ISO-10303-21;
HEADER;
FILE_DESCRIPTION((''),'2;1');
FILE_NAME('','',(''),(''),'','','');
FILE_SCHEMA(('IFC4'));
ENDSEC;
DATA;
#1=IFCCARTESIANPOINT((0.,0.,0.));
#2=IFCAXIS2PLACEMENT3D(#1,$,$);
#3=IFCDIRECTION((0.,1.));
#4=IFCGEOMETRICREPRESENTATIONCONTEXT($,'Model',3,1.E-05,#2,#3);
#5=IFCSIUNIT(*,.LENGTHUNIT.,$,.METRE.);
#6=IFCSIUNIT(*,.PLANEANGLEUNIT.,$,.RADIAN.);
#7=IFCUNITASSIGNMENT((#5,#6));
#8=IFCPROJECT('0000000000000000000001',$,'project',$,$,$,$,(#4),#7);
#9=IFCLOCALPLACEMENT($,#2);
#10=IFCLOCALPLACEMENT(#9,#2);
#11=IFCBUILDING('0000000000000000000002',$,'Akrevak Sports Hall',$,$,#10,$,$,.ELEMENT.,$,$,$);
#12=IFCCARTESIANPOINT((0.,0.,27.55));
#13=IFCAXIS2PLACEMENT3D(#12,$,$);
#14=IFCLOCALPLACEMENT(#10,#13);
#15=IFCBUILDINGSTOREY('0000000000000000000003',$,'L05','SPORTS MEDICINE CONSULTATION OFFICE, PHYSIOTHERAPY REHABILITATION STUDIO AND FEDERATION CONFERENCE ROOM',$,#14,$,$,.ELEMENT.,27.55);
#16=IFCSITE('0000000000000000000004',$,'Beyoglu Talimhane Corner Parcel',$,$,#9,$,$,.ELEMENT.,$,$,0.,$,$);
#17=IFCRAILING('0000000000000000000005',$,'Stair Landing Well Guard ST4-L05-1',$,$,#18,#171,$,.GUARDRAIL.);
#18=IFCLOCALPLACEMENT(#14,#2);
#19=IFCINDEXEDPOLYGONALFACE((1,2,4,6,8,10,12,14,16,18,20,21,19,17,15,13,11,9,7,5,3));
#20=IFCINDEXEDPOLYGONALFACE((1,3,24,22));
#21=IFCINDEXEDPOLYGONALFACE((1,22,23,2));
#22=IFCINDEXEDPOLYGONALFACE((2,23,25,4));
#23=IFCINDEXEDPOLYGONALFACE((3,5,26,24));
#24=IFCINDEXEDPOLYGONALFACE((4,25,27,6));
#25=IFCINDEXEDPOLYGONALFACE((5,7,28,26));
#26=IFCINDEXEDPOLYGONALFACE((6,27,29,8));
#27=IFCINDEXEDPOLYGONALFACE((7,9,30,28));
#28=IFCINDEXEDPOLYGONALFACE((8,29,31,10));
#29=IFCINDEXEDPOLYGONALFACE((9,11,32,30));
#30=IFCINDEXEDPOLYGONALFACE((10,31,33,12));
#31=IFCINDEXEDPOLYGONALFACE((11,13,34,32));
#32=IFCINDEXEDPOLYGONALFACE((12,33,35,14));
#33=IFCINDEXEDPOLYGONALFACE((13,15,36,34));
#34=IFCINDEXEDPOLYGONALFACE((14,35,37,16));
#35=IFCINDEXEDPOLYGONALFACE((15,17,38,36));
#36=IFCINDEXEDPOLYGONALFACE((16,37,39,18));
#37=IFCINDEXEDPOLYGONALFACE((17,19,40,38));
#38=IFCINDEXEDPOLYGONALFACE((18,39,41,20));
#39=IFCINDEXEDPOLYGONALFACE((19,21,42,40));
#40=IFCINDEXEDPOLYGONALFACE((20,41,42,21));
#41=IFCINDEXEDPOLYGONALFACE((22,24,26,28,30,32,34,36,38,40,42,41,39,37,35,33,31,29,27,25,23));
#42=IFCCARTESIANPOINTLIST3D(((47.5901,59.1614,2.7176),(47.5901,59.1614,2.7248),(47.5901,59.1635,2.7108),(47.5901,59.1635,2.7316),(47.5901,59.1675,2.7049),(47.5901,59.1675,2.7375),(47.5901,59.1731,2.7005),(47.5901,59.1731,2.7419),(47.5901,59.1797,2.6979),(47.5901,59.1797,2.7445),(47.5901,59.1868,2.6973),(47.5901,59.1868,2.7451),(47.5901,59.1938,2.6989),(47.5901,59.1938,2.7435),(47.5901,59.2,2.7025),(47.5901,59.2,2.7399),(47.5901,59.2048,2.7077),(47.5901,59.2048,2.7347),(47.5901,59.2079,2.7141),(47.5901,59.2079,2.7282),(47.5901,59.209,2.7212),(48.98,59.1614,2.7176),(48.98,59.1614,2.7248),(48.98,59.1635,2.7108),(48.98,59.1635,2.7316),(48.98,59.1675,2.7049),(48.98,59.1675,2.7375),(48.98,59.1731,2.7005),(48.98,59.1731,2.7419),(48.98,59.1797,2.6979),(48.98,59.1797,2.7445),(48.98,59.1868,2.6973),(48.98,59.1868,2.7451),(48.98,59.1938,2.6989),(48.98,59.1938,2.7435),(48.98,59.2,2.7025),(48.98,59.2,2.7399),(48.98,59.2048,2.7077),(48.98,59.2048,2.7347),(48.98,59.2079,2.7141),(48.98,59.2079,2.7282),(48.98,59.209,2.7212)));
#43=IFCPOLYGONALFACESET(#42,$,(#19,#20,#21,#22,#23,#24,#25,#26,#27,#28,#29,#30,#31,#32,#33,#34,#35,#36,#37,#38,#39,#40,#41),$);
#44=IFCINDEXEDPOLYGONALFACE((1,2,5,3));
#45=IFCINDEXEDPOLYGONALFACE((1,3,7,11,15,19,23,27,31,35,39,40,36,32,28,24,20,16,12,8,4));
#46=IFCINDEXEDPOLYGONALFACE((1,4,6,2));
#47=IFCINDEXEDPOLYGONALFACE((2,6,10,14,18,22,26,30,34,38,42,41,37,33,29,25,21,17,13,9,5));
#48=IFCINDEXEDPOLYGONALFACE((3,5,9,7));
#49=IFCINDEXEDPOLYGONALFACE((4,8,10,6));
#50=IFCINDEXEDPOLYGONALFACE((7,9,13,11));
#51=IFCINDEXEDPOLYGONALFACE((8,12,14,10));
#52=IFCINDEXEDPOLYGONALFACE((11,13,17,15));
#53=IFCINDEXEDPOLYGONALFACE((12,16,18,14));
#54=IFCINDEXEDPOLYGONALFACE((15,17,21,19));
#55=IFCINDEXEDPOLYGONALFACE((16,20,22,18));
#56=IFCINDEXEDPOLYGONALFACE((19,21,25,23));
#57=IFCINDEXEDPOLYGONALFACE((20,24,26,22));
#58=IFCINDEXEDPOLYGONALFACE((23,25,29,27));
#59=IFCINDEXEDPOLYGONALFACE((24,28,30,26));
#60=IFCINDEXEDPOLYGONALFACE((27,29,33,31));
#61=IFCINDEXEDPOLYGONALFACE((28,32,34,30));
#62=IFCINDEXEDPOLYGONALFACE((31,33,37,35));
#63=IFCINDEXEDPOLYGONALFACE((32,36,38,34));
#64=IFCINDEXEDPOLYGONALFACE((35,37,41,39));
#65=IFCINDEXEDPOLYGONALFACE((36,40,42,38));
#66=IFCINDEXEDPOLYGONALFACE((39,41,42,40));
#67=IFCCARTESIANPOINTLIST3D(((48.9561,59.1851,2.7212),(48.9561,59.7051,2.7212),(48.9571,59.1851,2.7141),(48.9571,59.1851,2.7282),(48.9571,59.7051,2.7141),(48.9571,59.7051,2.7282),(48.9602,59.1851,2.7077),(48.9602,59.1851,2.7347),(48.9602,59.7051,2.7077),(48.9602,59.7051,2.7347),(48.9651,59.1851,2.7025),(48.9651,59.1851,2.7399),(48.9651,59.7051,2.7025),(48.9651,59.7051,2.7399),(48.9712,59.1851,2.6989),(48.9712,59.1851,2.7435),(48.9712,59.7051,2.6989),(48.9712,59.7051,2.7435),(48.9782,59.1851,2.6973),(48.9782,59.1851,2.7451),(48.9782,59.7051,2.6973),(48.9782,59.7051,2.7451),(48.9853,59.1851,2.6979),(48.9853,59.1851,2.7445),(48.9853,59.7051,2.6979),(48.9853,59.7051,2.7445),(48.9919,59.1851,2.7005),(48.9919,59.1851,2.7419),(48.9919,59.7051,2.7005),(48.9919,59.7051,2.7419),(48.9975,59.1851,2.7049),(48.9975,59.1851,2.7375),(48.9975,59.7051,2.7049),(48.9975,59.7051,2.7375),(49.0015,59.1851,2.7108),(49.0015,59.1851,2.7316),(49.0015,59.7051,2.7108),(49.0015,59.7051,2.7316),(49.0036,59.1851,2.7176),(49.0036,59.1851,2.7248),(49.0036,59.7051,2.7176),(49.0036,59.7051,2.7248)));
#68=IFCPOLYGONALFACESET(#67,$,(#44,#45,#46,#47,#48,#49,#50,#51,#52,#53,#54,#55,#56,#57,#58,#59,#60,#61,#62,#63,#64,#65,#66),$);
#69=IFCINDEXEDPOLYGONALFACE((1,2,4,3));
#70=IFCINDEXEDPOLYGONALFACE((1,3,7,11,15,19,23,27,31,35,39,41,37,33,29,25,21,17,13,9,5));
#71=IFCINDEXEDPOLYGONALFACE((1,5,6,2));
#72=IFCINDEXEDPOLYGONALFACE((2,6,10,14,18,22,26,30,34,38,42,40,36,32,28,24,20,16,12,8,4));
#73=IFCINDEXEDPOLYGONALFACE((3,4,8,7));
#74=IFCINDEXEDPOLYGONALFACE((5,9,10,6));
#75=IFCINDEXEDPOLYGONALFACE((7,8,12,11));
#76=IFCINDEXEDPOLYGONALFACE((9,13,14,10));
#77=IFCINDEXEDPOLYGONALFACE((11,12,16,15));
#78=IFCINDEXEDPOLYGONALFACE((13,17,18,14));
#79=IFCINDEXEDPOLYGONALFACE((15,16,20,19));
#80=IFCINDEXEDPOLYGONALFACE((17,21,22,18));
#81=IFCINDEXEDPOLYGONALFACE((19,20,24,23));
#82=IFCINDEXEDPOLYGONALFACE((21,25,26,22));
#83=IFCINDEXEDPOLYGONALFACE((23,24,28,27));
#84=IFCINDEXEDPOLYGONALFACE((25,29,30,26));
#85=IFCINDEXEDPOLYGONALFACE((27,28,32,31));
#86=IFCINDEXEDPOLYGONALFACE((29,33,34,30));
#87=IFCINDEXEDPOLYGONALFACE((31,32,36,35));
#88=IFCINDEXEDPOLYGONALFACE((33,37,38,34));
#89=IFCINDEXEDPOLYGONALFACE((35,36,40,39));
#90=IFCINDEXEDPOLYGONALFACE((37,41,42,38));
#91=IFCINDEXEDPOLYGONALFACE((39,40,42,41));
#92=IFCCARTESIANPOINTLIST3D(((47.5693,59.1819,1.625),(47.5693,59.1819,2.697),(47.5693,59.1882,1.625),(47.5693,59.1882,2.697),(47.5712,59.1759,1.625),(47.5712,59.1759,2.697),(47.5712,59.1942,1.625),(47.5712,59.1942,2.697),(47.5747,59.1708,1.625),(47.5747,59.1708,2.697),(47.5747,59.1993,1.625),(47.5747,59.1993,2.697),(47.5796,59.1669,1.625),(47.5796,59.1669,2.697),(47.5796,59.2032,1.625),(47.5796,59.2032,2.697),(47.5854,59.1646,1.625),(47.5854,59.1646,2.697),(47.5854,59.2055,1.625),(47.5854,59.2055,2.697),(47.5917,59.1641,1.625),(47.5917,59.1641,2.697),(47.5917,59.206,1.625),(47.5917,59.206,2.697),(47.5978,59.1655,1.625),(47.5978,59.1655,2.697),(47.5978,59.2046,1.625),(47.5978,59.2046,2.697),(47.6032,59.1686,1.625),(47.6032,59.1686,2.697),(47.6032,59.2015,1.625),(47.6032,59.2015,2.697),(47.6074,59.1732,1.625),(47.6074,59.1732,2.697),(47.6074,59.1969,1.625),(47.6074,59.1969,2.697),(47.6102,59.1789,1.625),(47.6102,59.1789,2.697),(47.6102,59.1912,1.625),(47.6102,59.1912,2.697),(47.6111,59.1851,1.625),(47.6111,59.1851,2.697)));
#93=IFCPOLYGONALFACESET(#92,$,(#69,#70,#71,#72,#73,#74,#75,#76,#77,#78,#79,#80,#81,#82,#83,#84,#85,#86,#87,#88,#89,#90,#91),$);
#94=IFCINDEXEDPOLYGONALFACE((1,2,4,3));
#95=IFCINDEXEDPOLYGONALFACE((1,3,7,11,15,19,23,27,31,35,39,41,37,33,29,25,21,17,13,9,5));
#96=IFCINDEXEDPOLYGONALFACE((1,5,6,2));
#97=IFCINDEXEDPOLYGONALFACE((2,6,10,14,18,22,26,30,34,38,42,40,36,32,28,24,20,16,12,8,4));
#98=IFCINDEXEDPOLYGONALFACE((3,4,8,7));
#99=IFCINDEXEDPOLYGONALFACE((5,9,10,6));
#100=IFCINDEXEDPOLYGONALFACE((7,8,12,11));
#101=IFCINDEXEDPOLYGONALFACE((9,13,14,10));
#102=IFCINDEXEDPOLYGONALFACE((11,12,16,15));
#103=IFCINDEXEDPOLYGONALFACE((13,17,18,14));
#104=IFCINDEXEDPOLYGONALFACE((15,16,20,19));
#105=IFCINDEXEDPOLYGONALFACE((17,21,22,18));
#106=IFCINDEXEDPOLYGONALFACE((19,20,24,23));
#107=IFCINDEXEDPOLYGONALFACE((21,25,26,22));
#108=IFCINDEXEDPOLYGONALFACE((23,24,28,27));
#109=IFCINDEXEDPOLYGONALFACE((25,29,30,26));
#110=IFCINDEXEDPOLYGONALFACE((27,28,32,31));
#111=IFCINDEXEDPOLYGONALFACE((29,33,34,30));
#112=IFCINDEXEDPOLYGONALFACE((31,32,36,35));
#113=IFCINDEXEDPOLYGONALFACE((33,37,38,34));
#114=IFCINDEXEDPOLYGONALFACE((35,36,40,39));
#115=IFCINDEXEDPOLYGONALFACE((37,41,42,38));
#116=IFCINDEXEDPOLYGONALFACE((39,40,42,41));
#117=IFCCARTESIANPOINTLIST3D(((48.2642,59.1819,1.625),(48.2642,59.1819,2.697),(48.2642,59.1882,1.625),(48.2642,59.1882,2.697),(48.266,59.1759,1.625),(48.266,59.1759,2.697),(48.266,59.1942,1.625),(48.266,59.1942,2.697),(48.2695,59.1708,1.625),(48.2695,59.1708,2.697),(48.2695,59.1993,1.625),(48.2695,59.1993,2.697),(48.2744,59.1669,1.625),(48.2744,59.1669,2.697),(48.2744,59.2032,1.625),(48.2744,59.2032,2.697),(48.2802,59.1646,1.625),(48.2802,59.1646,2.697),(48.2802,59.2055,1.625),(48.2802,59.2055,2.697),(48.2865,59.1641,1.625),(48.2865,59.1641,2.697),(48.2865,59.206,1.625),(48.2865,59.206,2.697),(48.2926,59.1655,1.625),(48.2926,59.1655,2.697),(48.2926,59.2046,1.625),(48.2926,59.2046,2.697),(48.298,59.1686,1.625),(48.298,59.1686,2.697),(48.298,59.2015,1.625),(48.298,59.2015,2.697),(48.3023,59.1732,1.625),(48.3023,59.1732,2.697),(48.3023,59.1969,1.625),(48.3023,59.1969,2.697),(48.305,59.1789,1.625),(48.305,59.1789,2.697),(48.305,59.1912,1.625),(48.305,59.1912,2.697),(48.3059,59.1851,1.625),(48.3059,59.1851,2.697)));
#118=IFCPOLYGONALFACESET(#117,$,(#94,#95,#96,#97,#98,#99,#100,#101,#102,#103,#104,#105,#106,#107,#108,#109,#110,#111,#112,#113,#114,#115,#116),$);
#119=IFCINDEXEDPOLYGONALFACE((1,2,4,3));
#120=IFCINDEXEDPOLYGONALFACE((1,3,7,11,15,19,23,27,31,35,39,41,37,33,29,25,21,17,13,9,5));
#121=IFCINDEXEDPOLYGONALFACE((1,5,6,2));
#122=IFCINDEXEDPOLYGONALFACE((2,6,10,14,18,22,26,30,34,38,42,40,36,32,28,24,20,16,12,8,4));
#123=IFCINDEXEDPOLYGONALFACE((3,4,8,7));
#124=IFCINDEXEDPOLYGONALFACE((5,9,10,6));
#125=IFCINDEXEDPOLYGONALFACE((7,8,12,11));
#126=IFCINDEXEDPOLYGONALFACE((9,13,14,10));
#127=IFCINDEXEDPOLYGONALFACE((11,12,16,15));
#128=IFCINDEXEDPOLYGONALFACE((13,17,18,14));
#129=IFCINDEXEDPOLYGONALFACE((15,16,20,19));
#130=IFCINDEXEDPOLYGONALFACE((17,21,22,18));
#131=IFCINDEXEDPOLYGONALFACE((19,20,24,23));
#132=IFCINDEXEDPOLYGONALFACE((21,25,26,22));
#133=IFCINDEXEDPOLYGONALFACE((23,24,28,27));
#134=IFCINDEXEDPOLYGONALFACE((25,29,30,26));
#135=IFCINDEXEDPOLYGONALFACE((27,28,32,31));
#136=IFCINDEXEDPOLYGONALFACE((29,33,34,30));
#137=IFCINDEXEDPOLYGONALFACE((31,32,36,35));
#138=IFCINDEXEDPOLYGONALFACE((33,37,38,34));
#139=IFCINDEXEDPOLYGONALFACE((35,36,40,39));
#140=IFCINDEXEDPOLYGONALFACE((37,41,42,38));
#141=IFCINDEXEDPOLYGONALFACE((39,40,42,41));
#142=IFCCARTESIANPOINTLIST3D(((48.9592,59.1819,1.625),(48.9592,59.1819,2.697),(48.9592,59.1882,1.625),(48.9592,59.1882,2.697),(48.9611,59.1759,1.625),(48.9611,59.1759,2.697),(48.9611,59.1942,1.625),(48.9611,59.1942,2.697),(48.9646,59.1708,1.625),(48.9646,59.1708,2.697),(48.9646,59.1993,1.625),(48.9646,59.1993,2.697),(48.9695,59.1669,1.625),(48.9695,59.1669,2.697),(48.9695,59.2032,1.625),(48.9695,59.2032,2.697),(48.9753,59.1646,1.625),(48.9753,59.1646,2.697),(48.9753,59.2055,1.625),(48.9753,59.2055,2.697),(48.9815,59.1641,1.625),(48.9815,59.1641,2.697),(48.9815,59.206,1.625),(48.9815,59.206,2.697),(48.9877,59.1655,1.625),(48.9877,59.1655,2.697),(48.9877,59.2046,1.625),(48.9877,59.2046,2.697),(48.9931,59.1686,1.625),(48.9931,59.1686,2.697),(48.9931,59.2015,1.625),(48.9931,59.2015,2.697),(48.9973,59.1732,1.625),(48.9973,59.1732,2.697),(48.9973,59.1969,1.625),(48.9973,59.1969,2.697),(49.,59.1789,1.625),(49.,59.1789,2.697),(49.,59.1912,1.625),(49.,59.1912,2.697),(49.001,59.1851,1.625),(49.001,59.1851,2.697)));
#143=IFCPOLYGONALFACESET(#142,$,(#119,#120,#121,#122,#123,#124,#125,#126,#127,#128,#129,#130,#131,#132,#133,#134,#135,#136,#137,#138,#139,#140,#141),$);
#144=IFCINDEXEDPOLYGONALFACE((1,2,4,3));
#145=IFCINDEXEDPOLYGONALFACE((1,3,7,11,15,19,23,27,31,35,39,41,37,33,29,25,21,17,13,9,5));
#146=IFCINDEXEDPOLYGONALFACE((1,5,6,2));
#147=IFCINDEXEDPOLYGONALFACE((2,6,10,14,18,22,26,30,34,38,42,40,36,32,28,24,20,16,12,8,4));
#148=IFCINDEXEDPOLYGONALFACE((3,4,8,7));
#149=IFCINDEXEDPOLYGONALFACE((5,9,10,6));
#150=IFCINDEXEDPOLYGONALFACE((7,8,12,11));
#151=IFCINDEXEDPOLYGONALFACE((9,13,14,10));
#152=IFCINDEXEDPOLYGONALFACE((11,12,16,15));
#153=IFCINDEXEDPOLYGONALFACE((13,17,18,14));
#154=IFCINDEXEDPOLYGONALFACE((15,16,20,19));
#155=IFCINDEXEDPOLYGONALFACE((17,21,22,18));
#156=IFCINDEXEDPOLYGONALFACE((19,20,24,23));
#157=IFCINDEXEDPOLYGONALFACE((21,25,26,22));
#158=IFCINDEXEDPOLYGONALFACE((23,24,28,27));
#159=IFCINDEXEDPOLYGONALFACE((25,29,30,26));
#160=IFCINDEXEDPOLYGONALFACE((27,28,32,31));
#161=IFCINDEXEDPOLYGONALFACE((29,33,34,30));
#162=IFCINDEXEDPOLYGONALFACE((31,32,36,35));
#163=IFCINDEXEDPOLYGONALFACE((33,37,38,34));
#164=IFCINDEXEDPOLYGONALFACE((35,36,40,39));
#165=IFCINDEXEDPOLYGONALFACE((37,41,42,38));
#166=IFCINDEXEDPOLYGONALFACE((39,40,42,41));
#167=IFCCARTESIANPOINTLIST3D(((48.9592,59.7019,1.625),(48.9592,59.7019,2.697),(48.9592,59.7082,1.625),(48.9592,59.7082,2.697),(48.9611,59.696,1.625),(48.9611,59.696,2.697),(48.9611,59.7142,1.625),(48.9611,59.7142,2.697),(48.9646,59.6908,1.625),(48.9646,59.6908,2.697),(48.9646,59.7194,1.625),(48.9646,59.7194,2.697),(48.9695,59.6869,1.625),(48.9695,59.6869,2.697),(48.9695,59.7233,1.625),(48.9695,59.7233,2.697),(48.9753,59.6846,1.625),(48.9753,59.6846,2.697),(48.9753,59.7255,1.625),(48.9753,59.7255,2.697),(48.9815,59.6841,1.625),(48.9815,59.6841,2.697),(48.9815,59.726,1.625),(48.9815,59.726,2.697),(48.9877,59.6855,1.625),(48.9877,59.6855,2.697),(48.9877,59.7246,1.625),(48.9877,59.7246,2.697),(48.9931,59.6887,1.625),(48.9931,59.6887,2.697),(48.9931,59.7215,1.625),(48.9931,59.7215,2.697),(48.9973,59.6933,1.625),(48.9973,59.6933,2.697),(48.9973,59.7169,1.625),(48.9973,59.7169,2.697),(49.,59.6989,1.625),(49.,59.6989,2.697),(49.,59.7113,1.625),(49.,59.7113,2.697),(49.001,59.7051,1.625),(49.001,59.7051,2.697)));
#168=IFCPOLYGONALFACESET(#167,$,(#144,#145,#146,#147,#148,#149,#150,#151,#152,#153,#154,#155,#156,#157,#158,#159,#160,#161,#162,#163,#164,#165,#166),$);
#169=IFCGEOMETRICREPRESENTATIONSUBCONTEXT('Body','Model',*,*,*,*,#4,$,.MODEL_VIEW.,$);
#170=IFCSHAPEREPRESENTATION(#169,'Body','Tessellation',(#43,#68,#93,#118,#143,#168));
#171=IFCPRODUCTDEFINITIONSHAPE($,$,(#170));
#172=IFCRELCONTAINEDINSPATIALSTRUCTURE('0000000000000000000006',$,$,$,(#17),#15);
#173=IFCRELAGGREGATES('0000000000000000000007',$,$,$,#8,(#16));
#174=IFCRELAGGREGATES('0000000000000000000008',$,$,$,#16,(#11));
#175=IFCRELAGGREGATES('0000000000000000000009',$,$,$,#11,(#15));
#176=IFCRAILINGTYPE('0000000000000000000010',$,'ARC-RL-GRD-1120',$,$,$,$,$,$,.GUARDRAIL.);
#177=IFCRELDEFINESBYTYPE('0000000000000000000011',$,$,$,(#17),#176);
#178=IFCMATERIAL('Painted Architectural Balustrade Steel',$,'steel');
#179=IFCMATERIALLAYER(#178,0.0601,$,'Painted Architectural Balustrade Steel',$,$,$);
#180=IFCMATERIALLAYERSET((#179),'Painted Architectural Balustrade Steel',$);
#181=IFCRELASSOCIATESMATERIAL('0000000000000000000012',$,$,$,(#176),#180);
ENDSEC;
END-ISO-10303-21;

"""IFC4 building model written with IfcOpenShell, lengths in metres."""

from ifc_helpers import new_model, si_unit, direction, frame, origin, origin_2d, place, context, subcontext, project, spatial, circle, extrude, material, layer, layer_set, type_object, element, save


model = new_model("IFC4")

# Units and contexts
model_context = context("Model", 3, precision=1e-05, world=origin(), true_north=direction((0.0, 1.0)))
body_context = subcontext(model_context, "Body", "Model", "MODEL_VIEW")
ifc_project = project(units=[si_unit("LENGTHUNIT", "METRE"), si_unit("PLANEANGLEUNIT", "RADIAN")], contexts=[model_context])

# Site, building, storey
site_placement = place(None, origin())
site = spatial("IfcSite", under=ifc_project, at=site_placement, Name="Beyoglu Talimhane Corner Parcel", CompositionType="ELEMENT", RefElevation=0.0)
building_placement = place(site_placement, origin())
building = spatial("IfcBuilding", under=site, at=building_placement, Name="Akrevak Sports Hall", CompositionType="ELEMENT")
storey_placement = place(building_placement, frame((0.0, 0.0, 27.55)))
storey = spatial("IfcBuildingStorey", under=building, at=storey_placement, Name="L05", Description="SPORTS MEDICINE CONSULTATION OFFICE, PHYSIOTHERAPY REHABILITATION STUDIO AND FEDERATION CONFERENCE ROOM", CompositionType="ELEMENT", Elevation=27.55)

# Railing
ifc_material_1 = material(Name="Painted Architectural Balustrade Steel", Category="steel")
ifc_layer_1 = layer(ifc_material_1, 0.0601, Name="Painted Architectural Balustrade Steel")
ifc_layer_set_1 = layer_set([ifc_layer_1], Name="Painted Architectural Balustrade Steel")
railing_type_1 = type_object("IfcRailingType", Name="ARC-RL-GRD-1120", PredefinedType="GUARDRAIL", material=ifc_layer_set_1)
railing_1_placement = place(storey_placement, frame((47.5901, 59.1851, 1.625)))
element("IfcRailing", 1, at=railing_1_placement, inside=storey, type_object=railing_type_1, Name="Stair Landing Well Guard ST4-L05-1", PredefinedType="GUARDRAIL", context=body_context, shape_type="SweptSolid", body=[
    extrude(circle(Radius=0.0239, at=origin_2d()), frame((0.0, 0.0, 1.0962), z_axis=(1.0, 0.0, 0.0), x_axis=(0.0, 1.0, 0.0)), (0.0, 0.0, 1.0), 1.3899),
    extrude(circle(Radius=0.0239, at=origin_2d()), frame((1.3899, 0.0, 1.0962), z_axis=(0.0, 1.0, 0.0), x_axis=(-1.0, 0.0, 0.0)), (0.0, 0.0, 1.0), 0.52),
    extrude(circle(Radius=0.021, at=origin_2d()), origin(), (0.0, 0.0, 1.0), 1.072),
    extrude(circle(Radius=0.021, at=origin_2d()), frame((0.6948, 0.0, 0.0)), (0.0, 0.0, 1.0), 1.072),
    extrude(circle(Radius=0.021, at=origin_2d()), frame((1.3899, 0.0, 0.0)), (0.0, 0.0, 1.0), 1.072),
    extrude(circle(Radius=0.021, at=origin_2d()), frame((1.3899, 0.52, 0.0)), (0.0, 0.0, 1.0), 1.072),
])

save(model, "model.ifc")
